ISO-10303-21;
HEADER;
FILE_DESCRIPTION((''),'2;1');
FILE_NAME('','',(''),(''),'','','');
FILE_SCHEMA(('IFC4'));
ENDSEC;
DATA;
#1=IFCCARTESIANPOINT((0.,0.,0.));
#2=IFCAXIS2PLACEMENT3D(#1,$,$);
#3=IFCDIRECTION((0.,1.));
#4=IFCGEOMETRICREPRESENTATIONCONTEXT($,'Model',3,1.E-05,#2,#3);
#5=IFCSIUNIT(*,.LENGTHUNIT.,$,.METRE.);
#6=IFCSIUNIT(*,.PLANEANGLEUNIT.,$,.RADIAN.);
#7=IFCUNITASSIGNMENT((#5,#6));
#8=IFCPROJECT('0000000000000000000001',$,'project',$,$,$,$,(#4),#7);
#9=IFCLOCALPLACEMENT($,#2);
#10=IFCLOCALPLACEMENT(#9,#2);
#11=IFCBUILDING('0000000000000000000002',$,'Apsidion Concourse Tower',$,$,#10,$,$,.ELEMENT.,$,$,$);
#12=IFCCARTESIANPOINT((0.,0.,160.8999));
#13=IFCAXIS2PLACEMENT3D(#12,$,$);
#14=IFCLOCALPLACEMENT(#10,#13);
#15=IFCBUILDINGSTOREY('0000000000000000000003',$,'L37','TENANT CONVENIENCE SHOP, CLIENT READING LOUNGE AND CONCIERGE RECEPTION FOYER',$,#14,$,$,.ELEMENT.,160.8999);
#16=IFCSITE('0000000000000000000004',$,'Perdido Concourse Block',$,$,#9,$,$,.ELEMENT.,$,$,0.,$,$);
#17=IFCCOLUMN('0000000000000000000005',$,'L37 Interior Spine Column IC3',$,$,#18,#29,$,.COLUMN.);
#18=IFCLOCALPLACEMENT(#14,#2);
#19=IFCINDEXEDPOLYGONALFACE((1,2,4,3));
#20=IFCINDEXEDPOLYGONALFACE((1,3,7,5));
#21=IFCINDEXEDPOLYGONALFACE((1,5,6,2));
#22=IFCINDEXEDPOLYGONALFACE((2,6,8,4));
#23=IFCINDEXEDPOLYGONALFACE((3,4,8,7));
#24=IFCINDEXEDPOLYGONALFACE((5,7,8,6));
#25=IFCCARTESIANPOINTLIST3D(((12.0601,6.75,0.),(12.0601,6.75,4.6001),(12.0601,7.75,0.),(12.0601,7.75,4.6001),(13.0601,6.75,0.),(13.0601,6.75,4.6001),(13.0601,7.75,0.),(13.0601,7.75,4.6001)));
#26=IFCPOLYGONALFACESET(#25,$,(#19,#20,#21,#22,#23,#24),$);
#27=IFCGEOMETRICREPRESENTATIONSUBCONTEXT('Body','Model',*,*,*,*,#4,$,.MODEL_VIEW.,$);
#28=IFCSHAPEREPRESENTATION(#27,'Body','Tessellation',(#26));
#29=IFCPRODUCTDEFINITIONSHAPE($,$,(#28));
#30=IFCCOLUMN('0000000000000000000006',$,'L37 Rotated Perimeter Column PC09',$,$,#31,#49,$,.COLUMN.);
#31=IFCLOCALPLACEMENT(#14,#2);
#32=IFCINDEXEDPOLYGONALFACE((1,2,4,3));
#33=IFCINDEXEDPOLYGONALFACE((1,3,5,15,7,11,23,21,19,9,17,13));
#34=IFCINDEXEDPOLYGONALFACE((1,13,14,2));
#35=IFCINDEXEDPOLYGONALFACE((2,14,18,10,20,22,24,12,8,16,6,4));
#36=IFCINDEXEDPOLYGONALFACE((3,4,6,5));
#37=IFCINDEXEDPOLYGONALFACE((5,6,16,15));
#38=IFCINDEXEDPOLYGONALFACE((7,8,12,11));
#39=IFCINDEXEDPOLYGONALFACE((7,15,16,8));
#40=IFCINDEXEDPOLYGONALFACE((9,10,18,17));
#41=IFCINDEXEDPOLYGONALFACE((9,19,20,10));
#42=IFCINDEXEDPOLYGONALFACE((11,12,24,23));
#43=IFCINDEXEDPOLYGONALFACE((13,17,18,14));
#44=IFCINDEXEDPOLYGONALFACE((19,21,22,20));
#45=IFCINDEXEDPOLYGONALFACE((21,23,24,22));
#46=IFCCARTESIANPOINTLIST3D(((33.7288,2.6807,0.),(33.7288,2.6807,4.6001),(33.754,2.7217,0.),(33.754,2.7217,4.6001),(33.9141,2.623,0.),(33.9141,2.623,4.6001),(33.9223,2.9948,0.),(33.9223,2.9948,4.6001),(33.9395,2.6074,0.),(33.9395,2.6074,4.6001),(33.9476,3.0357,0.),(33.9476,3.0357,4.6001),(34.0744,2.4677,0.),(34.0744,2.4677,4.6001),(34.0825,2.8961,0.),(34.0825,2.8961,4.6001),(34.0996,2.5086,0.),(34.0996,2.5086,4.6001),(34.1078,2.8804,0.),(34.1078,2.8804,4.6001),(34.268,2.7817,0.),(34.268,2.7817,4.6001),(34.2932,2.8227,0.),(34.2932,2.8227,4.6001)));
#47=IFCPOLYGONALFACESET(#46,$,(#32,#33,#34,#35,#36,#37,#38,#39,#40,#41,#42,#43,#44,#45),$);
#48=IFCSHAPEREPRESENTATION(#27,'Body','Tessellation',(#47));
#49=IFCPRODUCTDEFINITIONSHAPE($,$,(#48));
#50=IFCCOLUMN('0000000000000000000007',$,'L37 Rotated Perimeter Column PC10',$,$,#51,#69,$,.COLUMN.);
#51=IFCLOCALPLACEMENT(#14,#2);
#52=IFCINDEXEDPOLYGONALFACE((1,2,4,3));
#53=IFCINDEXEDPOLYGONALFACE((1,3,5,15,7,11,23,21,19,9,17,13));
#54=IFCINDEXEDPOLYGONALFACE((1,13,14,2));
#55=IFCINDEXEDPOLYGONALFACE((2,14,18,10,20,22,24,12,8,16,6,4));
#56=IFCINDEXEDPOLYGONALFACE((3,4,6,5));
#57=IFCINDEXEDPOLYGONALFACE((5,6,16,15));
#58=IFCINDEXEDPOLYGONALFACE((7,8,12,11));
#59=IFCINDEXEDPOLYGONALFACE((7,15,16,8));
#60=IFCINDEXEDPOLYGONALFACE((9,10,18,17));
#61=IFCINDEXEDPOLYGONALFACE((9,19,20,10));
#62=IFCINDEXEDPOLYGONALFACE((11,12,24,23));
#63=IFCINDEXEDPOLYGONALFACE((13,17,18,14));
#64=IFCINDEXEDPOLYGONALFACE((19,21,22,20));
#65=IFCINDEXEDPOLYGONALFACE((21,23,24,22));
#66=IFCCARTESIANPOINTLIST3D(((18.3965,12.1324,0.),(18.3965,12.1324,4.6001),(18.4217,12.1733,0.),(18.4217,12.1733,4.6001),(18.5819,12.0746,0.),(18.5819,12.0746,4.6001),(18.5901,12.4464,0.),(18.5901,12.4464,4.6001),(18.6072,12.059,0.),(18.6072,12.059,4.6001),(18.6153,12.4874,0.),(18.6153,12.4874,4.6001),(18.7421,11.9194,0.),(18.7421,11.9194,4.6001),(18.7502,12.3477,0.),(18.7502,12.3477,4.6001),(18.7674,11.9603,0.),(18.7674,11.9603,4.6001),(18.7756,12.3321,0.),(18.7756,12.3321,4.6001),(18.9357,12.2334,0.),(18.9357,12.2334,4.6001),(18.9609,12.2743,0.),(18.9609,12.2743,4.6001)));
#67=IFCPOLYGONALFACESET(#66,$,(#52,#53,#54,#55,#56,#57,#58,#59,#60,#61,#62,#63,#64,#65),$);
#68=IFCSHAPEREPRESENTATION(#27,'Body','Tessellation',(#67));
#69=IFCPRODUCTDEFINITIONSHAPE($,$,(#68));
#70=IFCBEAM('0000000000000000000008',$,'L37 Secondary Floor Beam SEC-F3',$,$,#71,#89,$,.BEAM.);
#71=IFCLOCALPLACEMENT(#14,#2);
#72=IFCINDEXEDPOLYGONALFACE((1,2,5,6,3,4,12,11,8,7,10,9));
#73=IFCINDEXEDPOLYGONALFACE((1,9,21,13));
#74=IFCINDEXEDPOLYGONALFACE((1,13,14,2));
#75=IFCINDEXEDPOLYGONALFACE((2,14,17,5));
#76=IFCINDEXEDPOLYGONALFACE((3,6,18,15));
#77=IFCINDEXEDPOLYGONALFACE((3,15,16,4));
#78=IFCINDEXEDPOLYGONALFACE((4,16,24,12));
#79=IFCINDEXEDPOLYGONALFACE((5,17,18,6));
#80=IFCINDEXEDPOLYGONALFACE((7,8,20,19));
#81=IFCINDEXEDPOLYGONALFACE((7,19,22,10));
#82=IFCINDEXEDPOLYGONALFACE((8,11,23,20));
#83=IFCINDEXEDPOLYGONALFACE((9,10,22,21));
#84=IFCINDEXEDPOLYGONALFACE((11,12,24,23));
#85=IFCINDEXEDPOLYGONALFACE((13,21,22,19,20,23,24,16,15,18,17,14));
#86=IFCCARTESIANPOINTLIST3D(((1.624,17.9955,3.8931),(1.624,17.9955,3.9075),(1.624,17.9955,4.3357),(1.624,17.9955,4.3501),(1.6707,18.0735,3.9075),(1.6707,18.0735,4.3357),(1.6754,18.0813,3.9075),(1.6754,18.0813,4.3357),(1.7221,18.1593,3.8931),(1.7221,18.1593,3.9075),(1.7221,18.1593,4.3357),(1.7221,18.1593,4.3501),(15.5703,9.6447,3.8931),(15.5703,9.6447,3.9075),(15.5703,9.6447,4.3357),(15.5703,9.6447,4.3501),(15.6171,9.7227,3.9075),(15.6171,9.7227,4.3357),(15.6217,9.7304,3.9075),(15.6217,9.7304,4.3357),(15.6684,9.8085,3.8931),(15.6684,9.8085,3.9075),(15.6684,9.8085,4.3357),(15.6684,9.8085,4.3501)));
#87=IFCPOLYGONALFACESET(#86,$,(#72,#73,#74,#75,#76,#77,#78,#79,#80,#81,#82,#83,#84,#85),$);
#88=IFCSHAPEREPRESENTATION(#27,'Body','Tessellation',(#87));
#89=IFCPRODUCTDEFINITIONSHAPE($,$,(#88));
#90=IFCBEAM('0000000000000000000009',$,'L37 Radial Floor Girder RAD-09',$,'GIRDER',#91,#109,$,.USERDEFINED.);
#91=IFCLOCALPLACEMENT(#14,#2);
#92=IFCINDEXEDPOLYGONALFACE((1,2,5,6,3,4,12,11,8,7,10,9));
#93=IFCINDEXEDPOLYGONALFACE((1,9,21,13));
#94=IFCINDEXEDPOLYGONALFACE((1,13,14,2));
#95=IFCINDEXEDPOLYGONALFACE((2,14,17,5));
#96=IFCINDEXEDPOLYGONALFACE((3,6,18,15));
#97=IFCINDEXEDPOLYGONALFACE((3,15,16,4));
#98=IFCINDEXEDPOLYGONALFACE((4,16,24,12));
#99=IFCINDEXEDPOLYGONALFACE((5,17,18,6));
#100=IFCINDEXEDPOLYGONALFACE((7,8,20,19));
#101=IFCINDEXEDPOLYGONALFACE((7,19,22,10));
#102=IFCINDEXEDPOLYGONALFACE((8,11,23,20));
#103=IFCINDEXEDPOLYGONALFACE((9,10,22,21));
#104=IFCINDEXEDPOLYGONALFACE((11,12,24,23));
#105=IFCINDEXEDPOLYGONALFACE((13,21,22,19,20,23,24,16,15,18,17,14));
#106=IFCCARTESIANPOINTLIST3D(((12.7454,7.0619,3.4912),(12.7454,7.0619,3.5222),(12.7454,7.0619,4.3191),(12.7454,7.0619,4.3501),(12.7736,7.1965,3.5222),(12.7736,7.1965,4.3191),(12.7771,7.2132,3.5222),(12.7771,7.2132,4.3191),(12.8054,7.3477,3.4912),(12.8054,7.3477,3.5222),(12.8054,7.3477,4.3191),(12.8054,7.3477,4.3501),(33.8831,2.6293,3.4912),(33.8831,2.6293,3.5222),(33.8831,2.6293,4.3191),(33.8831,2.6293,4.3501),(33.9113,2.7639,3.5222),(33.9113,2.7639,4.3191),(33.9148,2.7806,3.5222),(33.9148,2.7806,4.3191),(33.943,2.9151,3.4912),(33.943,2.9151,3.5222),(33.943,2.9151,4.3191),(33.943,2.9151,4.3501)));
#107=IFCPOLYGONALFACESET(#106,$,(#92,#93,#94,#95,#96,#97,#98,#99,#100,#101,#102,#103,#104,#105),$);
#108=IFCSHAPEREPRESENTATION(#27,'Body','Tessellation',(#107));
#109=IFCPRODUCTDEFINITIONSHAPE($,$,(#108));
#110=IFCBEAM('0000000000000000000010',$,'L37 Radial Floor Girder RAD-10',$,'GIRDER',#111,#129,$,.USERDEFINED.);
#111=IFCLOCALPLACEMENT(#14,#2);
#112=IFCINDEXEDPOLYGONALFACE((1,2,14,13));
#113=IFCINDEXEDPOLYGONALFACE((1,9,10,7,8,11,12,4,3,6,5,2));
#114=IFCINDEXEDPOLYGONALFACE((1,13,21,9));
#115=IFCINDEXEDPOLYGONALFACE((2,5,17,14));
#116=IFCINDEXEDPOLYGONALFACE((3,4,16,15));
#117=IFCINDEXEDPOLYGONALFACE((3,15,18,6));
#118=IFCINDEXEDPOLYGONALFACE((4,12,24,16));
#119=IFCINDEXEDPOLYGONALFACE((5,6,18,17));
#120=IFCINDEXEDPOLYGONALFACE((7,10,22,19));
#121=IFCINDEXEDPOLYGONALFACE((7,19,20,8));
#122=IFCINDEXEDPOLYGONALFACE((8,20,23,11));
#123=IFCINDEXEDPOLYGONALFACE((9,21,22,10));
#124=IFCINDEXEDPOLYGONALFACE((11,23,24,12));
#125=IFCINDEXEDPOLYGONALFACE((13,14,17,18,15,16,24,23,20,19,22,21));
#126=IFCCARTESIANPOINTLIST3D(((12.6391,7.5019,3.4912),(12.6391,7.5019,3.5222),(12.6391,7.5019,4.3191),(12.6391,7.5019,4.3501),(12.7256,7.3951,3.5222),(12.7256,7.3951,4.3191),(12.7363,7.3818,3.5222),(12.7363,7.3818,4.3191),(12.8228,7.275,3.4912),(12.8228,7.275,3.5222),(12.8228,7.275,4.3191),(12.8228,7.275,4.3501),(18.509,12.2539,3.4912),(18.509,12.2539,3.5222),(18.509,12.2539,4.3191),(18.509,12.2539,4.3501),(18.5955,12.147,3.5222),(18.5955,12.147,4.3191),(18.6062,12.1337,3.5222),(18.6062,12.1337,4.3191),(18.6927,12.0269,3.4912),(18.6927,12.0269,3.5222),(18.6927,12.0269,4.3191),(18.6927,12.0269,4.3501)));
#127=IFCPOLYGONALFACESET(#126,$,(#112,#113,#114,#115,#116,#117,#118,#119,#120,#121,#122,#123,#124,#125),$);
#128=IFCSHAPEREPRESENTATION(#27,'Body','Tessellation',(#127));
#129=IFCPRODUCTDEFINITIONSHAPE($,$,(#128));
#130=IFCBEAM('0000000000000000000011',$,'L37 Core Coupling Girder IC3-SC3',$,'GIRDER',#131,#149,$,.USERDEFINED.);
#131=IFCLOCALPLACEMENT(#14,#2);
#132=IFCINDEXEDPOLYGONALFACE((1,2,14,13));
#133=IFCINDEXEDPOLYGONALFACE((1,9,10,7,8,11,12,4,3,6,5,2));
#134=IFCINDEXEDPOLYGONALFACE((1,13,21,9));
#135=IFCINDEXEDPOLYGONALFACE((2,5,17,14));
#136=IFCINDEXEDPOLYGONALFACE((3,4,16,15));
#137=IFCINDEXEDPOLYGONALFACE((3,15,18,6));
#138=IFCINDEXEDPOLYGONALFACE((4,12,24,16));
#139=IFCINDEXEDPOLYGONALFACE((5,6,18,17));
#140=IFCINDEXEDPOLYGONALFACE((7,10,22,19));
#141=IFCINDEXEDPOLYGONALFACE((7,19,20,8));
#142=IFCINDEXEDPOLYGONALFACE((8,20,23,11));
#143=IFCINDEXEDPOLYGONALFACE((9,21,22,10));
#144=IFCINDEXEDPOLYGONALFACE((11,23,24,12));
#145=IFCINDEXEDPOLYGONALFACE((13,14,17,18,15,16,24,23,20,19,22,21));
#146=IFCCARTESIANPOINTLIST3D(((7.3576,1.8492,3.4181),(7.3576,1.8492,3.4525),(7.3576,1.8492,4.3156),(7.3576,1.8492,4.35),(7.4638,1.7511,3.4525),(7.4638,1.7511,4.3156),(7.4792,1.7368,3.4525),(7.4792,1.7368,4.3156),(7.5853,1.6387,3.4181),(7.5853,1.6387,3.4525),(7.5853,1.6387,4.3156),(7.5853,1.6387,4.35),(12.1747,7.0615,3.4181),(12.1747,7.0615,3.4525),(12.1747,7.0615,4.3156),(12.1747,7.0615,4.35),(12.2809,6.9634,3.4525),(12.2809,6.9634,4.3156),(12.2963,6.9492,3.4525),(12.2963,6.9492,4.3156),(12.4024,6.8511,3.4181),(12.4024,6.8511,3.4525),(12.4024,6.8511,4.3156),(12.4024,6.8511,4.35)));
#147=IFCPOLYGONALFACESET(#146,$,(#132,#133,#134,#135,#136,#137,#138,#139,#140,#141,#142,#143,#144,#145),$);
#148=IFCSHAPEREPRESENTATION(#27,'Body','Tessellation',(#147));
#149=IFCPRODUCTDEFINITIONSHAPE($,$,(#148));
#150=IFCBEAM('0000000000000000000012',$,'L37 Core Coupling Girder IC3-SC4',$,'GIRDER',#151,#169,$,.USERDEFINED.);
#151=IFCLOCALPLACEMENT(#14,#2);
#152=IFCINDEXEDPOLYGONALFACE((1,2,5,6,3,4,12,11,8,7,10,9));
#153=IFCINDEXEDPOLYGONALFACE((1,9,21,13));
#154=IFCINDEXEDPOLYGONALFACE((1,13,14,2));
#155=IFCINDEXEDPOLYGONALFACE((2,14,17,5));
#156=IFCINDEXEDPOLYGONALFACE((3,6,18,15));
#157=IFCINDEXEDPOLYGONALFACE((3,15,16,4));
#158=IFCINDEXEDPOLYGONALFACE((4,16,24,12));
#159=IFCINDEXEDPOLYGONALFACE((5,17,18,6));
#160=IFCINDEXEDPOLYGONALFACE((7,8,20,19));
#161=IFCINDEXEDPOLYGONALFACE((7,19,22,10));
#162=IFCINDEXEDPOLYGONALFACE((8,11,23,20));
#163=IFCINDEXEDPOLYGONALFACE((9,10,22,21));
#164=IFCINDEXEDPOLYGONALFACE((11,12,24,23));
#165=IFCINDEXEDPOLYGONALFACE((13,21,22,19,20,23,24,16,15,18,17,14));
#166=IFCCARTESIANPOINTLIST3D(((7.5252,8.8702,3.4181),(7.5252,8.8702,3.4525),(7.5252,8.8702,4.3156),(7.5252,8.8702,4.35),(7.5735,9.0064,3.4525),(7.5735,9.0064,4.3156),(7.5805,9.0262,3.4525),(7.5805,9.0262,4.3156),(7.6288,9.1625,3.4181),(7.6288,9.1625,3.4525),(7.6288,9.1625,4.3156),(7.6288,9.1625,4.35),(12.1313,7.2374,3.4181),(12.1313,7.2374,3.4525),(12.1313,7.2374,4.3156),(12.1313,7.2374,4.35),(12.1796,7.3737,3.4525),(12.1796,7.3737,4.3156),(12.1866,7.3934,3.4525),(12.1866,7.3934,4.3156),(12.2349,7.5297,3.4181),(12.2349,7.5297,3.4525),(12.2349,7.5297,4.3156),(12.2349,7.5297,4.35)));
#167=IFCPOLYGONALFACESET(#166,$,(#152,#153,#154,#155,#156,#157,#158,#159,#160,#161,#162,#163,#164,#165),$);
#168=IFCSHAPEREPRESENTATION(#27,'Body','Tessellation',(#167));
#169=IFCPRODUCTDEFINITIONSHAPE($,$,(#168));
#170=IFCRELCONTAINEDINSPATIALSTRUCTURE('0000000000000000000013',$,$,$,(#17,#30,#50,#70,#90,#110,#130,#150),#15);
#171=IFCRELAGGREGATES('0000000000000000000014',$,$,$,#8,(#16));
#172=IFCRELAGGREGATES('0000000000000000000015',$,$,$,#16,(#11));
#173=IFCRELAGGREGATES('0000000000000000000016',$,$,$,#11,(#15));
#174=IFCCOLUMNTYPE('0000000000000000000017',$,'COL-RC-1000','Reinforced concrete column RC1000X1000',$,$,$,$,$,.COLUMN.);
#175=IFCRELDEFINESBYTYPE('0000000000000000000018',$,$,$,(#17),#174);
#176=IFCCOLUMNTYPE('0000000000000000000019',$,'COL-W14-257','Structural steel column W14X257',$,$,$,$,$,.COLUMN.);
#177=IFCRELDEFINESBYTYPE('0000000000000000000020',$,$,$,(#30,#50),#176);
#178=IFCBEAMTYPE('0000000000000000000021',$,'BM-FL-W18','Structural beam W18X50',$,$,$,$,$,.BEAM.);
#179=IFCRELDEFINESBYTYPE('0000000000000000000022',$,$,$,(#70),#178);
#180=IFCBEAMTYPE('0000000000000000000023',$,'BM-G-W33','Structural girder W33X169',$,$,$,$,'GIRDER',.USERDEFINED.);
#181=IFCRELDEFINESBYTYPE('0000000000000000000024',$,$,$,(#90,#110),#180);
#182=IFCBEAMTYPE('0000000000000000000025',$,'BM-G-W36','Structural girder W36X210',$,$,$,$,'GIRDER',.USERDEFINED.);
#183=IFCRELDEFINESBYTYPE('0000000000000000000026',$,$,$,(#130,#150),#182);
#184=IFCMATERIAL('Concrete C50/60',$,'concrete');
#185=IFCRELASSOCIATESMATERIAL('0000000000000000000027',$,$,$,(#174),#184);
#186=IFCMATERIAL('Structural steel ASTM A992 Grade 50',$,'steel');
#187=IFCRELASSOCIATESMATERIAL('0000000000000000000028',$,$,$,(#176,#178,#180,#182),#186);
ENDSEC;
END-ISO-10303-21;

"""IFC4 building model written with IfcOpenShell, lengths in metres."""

from ifc_helpers import new_model, si_unit, direction, frame, origin, origin_2d, place, context, subcontext, project, spatial, rectangle, i_section, extrude, material, material_profile, profile_set, type_object, element, save


model = new_model("IFC4")

# Units and contexts
model_context = context("Model", 3, precision=1e-05, world=origin(), true_north=direction((0.0, 1.0)))
body_context = subcontext(model_context, "Body", "Model", "MODEL_VIEW")
ifc_project = project(units=[si_unit("LENGTHUNIT", "METRE"), si_unit("PLANEANGLEUNIT", "RADIAN")], contexts=[model_context])

# Site, building, storey
site_placement = place(None, origin())
site = spatial("IfcSite", under=ifc_project, at=site_placement, Name="Perdido Concourse Block", CompositionType="ELEMENT", RefElevation=0.0)
building_placement = place(site_placement, origin())
building = spatial("IfcBuilding", under=site, at=building_placement, Name="Apsidion Concourse Tower", CompositionType="ELEMENT")
storey_placement = place(building_placement, frame((0.0, 0.0, 160.8999)))
storey = spatial("IfcBuildingStorey", under=building, at=storey_placement, Name="L37", Description="TENANT CONVENIENCE SHOP, CLIENT READING LOUNGE AND CONCIERGE RECEPTION FOYER", CompositionType="ELEMENT", Elevation=160.8999)

# Columns
ifc_material_1 = material(Name="Concrete C50/60", Category="concrete")
ifc_material_profile_1 = material_profile(ifc_material_1, rectangle(XDim=1.0, YDim=1.0, at=origin_2d()), Name="RC 1000x1000")
ifc_profile_set_1 = profile_set([ifc_material_profile_1], Name="Concrete C50/60")
column_type_1 = type_object("IfcColumnType", Name="COL-RC-1000", Description="Reinforced concrete column RC1000X1000", PredefinedType="COLUMN", material=ifc_profile_set_1)
column_placement = place(storey_placement, frame((12.5601, 7.25, 0.0), z_axis=(0.0, 0.0, 1.0), x_axis=(1.0, 0.0, 0.0)))
element("IfcColumn", 1, at=column_placement, inside=storey, type_object=column_type_1, Name="L37 Interior Spine Column IC3", PredefinedType="COLUMN", context=body_context, shape_type="SweptSolid", body=[
    extrude(rectangle(XDim=1.0, YDim=1.0, at=origin_2d()), origin(), (0.0, 0.0, 1.0), 4.6001),
])
ifc_material_2 = material(Name="Structural steel ASTM A992 Grade 50", Category="steel")
ifc_material_profile_2 = material_profile(ifc_material_2, i_section(OverallWidth=0.406, OverallDepth=0.417, WebThickness=0.0298, FlangeThickness=0.0481, at=origin_2d()), Name="W14X257")
ifc_profile_set_2 = profile_set([ifc_material_profile_2], Name="Structural steel ASTM A992 Grade 50")
column_type_2 = type_object("IfcColumnType", Name="COL-W14-257", Description="Structural steel column W14X257", PredefinedType="COLUMN", material=ifc_profile_set_2)
for number, where, z_axis, x_axis, name in (
    (2, (34.011, 2.7517, 0.0), (0.0, 0.0, 1.0), (-0.851269, 0.524729, 0.0), "L37 Rotated Perimeter Column PC09"),
    (3, (18.6787, 12.2034, 0.0), (0.0, 0.0, 1.0), (-0.851269, 0.524729, 0.0), "L37 Rotated Perimeter Column PC10"),
):
    element("IfcColumn", number, at=place(storey_placement, frame(where, z_axis=z_axis, x_axis=x_axis)), inside=storey, type_object=column_type_2, Name=name, PredefinedType="COLUMN", context=body_context, shape_type="SweptSolid", body=[
        extrude(i_section(OverallWidth=0.406, OverallDepth=0.417, WebThickness=0.0298, FlangeThickness=0.0481, at=origin_2d()), origin(), (0.0, 0.0, 1.0), 4.6001),
    ])

# Beams
ifc_material_profile_3 = material_profile(ifc_material_2, i_section(OverallWidth=0.1909, OverallDepth=0.457, WebThickness=0.009, FlangeThickness=0.0144, at=origin_2d()), Name="W18X50")
ifc_profile_set_3 = profile_set([ifc_material_profile_3], Name="Structural steel ASTM A992 Grade 50")
beam_type_1 = type_object("IfcBeamType", Name="BM-FL-W18", Description="Structural beam W18X50", PredefinedType="BEAM", material=ifc_profile_set_3)
beam_1_placement = place(storey_placement, frame((15.6194, 9.7266, 4.1216), z_axis=(-0.857952, 0.513729, 0.0), x_axis=(-0.513729, -0.857952, 0.0)))
element("IfcBeam", 4, at=beam_1_placement, inside=storey, type_object=beam_type_1, Name="L37 Secondary Floor Beam SEC-F3", PredefinedType="BEAM", context=body_context, shape_type="SweptSolid", body=[
    extrude(i_section(OverallWidth=0.1909, OverallDepth=0.457, WebThickness=0.009, FlangeThickness=0.0144, at=origin_2d()), origin(), (0.0, 0.0, 1.0), 16.2554),
])
ifc_material_profile_4 = material_profile(ifc_material_2, i_section(OverallWidth=0.292, OverallDepth=0.8589, WebThickness=0.0171, FlangeThickness=0.031, at=origin_2d()), Name="W33X169")
ifc_profile_set_4 = profile_set([ifc_material_profile_4], Name="Structural steel ASTM A992 Grade 50")
beam_type_2 = type_object("IfcBeamType", Name="BM-G-W33", Description="Structural girder W33X169", ElementType="GIRDER", PredefinedType="USERDEFINED", material=ifc_profile_set_4)
beam_2_placement = place(storey_placement, frame((12.7754, 7.2048, 3.9207), z_axis=(0.978712, -0.205238, 0.0), x_axis=(0.205238, 0.978712, 0.0)))
element("IfcBeam", 5, at=beam_2_placement, inside=storey, type_object=beam_type_2, Name="L37 Radial Floor Girder RAD-09", ObjectType="GIRDER", PredefinedType="USERDEFINED", context=body_context, shape_type="SweptSolid", body=[
    extrude(i_section(OverallWidth=0.292, OverallDepth=0.8589, WebThickness=0.0171, FlangeThickness=0.031, at=origin_2d()), origin(), (0.0, 0.0, 1.0), 21.5974),
])
beam_3_placement = place(storey_placement, frame((12.731, 7.3884, 3.9207), z_axis=(0.777235, 0.62921, 0.0), x_axis=(-0.62921, 0.777235, 0.0)))
element("IfcBeam", 6, at=beam_3_placement, inside=storey, type_object=beam_type_2, Name="L37 Radial Floor Girder RAD-10", ObjectType="GIRDER", PredefinedType="USERDEFINED", context=body_context, shape_type="SweptSolid", body=[
    extrude(i_section(OverallWidth=0.292, OverallDepth=0.8589, WebThickness=0.0171, FlangeThickness=0.031, at=origin_2d()), origin(), (0.0, 0.0, 1.0), 7.5522),
])
ifc_material_profile_5 = material_profile(ifc_material_2, i_section(OverallWidth=0.3101, OverallDepth=0.9319, WebThickness=0.021, FlangeThickness=0.0344, at=origin_2d()), Name="W36X210")
ifc_profile_set_5 = profile_set([ifc_material_profile_5], Name="Structural steel ASTM A992 Grade 50")
beam_type_3 = type_object("IfcBeamType", Name="BM-G-W36", Description="Structural girder W36X210", ElementType="GIRDER", PredefinedType="USERDEFINED", material=ifc_profile_set_5)
beam_4_placement = place(storey_placement, frame((12.2886, 6.9563, 3.884), z_axis=(-0.678713, -0.734404, 0.0), x_axis=(0.734404, -0.678713, 0.0)))
element("IfcBeam", 7, at=beam_4_placement, inside=storey, type_object=beam_type_3, Name="L37 Core Coupling Girder IC3-SC3", ObjectType="GIRDER", PredefinedType="USERDEFINED", context=body_context, shape_type="SweptSolid", body=[
    extrude(i_section(OverallWidth=0.3101, OverallDepth=0.9319, WebThickness=0.021, FlangeThickness=0.0344, at=origin_2d()), origin(), (0.0, 0.0, 1.0), 7.0974),
])
beam_5_placement = place(storey_placement, frame((12.1831, 7.3835, 3.884), z_axis=(-0.942534, 0.334111, 0.0), x_axis=(-0.334111, -0.942534, 0.0)))
element("IfcBeam", 8, at=beam_5_placement, inside=storey, type_object=beam_type_3, Name="L37 Core Coupling Girder IC3-SC4", ObjectType="GIRDER", PredefinedType="USERDEFINED", context=body_context, shape_type="SweptSolid", body=[
    extrude(i_section(OverallWidth=0.3101, OverallDepth=0.9319, WebThickness=0.021, FlangeThickness=0.0344, at=origin_2d()), origin(), (0.0, 0.0, 1.0), 4.887),
])

save(model, "model.ifc")
